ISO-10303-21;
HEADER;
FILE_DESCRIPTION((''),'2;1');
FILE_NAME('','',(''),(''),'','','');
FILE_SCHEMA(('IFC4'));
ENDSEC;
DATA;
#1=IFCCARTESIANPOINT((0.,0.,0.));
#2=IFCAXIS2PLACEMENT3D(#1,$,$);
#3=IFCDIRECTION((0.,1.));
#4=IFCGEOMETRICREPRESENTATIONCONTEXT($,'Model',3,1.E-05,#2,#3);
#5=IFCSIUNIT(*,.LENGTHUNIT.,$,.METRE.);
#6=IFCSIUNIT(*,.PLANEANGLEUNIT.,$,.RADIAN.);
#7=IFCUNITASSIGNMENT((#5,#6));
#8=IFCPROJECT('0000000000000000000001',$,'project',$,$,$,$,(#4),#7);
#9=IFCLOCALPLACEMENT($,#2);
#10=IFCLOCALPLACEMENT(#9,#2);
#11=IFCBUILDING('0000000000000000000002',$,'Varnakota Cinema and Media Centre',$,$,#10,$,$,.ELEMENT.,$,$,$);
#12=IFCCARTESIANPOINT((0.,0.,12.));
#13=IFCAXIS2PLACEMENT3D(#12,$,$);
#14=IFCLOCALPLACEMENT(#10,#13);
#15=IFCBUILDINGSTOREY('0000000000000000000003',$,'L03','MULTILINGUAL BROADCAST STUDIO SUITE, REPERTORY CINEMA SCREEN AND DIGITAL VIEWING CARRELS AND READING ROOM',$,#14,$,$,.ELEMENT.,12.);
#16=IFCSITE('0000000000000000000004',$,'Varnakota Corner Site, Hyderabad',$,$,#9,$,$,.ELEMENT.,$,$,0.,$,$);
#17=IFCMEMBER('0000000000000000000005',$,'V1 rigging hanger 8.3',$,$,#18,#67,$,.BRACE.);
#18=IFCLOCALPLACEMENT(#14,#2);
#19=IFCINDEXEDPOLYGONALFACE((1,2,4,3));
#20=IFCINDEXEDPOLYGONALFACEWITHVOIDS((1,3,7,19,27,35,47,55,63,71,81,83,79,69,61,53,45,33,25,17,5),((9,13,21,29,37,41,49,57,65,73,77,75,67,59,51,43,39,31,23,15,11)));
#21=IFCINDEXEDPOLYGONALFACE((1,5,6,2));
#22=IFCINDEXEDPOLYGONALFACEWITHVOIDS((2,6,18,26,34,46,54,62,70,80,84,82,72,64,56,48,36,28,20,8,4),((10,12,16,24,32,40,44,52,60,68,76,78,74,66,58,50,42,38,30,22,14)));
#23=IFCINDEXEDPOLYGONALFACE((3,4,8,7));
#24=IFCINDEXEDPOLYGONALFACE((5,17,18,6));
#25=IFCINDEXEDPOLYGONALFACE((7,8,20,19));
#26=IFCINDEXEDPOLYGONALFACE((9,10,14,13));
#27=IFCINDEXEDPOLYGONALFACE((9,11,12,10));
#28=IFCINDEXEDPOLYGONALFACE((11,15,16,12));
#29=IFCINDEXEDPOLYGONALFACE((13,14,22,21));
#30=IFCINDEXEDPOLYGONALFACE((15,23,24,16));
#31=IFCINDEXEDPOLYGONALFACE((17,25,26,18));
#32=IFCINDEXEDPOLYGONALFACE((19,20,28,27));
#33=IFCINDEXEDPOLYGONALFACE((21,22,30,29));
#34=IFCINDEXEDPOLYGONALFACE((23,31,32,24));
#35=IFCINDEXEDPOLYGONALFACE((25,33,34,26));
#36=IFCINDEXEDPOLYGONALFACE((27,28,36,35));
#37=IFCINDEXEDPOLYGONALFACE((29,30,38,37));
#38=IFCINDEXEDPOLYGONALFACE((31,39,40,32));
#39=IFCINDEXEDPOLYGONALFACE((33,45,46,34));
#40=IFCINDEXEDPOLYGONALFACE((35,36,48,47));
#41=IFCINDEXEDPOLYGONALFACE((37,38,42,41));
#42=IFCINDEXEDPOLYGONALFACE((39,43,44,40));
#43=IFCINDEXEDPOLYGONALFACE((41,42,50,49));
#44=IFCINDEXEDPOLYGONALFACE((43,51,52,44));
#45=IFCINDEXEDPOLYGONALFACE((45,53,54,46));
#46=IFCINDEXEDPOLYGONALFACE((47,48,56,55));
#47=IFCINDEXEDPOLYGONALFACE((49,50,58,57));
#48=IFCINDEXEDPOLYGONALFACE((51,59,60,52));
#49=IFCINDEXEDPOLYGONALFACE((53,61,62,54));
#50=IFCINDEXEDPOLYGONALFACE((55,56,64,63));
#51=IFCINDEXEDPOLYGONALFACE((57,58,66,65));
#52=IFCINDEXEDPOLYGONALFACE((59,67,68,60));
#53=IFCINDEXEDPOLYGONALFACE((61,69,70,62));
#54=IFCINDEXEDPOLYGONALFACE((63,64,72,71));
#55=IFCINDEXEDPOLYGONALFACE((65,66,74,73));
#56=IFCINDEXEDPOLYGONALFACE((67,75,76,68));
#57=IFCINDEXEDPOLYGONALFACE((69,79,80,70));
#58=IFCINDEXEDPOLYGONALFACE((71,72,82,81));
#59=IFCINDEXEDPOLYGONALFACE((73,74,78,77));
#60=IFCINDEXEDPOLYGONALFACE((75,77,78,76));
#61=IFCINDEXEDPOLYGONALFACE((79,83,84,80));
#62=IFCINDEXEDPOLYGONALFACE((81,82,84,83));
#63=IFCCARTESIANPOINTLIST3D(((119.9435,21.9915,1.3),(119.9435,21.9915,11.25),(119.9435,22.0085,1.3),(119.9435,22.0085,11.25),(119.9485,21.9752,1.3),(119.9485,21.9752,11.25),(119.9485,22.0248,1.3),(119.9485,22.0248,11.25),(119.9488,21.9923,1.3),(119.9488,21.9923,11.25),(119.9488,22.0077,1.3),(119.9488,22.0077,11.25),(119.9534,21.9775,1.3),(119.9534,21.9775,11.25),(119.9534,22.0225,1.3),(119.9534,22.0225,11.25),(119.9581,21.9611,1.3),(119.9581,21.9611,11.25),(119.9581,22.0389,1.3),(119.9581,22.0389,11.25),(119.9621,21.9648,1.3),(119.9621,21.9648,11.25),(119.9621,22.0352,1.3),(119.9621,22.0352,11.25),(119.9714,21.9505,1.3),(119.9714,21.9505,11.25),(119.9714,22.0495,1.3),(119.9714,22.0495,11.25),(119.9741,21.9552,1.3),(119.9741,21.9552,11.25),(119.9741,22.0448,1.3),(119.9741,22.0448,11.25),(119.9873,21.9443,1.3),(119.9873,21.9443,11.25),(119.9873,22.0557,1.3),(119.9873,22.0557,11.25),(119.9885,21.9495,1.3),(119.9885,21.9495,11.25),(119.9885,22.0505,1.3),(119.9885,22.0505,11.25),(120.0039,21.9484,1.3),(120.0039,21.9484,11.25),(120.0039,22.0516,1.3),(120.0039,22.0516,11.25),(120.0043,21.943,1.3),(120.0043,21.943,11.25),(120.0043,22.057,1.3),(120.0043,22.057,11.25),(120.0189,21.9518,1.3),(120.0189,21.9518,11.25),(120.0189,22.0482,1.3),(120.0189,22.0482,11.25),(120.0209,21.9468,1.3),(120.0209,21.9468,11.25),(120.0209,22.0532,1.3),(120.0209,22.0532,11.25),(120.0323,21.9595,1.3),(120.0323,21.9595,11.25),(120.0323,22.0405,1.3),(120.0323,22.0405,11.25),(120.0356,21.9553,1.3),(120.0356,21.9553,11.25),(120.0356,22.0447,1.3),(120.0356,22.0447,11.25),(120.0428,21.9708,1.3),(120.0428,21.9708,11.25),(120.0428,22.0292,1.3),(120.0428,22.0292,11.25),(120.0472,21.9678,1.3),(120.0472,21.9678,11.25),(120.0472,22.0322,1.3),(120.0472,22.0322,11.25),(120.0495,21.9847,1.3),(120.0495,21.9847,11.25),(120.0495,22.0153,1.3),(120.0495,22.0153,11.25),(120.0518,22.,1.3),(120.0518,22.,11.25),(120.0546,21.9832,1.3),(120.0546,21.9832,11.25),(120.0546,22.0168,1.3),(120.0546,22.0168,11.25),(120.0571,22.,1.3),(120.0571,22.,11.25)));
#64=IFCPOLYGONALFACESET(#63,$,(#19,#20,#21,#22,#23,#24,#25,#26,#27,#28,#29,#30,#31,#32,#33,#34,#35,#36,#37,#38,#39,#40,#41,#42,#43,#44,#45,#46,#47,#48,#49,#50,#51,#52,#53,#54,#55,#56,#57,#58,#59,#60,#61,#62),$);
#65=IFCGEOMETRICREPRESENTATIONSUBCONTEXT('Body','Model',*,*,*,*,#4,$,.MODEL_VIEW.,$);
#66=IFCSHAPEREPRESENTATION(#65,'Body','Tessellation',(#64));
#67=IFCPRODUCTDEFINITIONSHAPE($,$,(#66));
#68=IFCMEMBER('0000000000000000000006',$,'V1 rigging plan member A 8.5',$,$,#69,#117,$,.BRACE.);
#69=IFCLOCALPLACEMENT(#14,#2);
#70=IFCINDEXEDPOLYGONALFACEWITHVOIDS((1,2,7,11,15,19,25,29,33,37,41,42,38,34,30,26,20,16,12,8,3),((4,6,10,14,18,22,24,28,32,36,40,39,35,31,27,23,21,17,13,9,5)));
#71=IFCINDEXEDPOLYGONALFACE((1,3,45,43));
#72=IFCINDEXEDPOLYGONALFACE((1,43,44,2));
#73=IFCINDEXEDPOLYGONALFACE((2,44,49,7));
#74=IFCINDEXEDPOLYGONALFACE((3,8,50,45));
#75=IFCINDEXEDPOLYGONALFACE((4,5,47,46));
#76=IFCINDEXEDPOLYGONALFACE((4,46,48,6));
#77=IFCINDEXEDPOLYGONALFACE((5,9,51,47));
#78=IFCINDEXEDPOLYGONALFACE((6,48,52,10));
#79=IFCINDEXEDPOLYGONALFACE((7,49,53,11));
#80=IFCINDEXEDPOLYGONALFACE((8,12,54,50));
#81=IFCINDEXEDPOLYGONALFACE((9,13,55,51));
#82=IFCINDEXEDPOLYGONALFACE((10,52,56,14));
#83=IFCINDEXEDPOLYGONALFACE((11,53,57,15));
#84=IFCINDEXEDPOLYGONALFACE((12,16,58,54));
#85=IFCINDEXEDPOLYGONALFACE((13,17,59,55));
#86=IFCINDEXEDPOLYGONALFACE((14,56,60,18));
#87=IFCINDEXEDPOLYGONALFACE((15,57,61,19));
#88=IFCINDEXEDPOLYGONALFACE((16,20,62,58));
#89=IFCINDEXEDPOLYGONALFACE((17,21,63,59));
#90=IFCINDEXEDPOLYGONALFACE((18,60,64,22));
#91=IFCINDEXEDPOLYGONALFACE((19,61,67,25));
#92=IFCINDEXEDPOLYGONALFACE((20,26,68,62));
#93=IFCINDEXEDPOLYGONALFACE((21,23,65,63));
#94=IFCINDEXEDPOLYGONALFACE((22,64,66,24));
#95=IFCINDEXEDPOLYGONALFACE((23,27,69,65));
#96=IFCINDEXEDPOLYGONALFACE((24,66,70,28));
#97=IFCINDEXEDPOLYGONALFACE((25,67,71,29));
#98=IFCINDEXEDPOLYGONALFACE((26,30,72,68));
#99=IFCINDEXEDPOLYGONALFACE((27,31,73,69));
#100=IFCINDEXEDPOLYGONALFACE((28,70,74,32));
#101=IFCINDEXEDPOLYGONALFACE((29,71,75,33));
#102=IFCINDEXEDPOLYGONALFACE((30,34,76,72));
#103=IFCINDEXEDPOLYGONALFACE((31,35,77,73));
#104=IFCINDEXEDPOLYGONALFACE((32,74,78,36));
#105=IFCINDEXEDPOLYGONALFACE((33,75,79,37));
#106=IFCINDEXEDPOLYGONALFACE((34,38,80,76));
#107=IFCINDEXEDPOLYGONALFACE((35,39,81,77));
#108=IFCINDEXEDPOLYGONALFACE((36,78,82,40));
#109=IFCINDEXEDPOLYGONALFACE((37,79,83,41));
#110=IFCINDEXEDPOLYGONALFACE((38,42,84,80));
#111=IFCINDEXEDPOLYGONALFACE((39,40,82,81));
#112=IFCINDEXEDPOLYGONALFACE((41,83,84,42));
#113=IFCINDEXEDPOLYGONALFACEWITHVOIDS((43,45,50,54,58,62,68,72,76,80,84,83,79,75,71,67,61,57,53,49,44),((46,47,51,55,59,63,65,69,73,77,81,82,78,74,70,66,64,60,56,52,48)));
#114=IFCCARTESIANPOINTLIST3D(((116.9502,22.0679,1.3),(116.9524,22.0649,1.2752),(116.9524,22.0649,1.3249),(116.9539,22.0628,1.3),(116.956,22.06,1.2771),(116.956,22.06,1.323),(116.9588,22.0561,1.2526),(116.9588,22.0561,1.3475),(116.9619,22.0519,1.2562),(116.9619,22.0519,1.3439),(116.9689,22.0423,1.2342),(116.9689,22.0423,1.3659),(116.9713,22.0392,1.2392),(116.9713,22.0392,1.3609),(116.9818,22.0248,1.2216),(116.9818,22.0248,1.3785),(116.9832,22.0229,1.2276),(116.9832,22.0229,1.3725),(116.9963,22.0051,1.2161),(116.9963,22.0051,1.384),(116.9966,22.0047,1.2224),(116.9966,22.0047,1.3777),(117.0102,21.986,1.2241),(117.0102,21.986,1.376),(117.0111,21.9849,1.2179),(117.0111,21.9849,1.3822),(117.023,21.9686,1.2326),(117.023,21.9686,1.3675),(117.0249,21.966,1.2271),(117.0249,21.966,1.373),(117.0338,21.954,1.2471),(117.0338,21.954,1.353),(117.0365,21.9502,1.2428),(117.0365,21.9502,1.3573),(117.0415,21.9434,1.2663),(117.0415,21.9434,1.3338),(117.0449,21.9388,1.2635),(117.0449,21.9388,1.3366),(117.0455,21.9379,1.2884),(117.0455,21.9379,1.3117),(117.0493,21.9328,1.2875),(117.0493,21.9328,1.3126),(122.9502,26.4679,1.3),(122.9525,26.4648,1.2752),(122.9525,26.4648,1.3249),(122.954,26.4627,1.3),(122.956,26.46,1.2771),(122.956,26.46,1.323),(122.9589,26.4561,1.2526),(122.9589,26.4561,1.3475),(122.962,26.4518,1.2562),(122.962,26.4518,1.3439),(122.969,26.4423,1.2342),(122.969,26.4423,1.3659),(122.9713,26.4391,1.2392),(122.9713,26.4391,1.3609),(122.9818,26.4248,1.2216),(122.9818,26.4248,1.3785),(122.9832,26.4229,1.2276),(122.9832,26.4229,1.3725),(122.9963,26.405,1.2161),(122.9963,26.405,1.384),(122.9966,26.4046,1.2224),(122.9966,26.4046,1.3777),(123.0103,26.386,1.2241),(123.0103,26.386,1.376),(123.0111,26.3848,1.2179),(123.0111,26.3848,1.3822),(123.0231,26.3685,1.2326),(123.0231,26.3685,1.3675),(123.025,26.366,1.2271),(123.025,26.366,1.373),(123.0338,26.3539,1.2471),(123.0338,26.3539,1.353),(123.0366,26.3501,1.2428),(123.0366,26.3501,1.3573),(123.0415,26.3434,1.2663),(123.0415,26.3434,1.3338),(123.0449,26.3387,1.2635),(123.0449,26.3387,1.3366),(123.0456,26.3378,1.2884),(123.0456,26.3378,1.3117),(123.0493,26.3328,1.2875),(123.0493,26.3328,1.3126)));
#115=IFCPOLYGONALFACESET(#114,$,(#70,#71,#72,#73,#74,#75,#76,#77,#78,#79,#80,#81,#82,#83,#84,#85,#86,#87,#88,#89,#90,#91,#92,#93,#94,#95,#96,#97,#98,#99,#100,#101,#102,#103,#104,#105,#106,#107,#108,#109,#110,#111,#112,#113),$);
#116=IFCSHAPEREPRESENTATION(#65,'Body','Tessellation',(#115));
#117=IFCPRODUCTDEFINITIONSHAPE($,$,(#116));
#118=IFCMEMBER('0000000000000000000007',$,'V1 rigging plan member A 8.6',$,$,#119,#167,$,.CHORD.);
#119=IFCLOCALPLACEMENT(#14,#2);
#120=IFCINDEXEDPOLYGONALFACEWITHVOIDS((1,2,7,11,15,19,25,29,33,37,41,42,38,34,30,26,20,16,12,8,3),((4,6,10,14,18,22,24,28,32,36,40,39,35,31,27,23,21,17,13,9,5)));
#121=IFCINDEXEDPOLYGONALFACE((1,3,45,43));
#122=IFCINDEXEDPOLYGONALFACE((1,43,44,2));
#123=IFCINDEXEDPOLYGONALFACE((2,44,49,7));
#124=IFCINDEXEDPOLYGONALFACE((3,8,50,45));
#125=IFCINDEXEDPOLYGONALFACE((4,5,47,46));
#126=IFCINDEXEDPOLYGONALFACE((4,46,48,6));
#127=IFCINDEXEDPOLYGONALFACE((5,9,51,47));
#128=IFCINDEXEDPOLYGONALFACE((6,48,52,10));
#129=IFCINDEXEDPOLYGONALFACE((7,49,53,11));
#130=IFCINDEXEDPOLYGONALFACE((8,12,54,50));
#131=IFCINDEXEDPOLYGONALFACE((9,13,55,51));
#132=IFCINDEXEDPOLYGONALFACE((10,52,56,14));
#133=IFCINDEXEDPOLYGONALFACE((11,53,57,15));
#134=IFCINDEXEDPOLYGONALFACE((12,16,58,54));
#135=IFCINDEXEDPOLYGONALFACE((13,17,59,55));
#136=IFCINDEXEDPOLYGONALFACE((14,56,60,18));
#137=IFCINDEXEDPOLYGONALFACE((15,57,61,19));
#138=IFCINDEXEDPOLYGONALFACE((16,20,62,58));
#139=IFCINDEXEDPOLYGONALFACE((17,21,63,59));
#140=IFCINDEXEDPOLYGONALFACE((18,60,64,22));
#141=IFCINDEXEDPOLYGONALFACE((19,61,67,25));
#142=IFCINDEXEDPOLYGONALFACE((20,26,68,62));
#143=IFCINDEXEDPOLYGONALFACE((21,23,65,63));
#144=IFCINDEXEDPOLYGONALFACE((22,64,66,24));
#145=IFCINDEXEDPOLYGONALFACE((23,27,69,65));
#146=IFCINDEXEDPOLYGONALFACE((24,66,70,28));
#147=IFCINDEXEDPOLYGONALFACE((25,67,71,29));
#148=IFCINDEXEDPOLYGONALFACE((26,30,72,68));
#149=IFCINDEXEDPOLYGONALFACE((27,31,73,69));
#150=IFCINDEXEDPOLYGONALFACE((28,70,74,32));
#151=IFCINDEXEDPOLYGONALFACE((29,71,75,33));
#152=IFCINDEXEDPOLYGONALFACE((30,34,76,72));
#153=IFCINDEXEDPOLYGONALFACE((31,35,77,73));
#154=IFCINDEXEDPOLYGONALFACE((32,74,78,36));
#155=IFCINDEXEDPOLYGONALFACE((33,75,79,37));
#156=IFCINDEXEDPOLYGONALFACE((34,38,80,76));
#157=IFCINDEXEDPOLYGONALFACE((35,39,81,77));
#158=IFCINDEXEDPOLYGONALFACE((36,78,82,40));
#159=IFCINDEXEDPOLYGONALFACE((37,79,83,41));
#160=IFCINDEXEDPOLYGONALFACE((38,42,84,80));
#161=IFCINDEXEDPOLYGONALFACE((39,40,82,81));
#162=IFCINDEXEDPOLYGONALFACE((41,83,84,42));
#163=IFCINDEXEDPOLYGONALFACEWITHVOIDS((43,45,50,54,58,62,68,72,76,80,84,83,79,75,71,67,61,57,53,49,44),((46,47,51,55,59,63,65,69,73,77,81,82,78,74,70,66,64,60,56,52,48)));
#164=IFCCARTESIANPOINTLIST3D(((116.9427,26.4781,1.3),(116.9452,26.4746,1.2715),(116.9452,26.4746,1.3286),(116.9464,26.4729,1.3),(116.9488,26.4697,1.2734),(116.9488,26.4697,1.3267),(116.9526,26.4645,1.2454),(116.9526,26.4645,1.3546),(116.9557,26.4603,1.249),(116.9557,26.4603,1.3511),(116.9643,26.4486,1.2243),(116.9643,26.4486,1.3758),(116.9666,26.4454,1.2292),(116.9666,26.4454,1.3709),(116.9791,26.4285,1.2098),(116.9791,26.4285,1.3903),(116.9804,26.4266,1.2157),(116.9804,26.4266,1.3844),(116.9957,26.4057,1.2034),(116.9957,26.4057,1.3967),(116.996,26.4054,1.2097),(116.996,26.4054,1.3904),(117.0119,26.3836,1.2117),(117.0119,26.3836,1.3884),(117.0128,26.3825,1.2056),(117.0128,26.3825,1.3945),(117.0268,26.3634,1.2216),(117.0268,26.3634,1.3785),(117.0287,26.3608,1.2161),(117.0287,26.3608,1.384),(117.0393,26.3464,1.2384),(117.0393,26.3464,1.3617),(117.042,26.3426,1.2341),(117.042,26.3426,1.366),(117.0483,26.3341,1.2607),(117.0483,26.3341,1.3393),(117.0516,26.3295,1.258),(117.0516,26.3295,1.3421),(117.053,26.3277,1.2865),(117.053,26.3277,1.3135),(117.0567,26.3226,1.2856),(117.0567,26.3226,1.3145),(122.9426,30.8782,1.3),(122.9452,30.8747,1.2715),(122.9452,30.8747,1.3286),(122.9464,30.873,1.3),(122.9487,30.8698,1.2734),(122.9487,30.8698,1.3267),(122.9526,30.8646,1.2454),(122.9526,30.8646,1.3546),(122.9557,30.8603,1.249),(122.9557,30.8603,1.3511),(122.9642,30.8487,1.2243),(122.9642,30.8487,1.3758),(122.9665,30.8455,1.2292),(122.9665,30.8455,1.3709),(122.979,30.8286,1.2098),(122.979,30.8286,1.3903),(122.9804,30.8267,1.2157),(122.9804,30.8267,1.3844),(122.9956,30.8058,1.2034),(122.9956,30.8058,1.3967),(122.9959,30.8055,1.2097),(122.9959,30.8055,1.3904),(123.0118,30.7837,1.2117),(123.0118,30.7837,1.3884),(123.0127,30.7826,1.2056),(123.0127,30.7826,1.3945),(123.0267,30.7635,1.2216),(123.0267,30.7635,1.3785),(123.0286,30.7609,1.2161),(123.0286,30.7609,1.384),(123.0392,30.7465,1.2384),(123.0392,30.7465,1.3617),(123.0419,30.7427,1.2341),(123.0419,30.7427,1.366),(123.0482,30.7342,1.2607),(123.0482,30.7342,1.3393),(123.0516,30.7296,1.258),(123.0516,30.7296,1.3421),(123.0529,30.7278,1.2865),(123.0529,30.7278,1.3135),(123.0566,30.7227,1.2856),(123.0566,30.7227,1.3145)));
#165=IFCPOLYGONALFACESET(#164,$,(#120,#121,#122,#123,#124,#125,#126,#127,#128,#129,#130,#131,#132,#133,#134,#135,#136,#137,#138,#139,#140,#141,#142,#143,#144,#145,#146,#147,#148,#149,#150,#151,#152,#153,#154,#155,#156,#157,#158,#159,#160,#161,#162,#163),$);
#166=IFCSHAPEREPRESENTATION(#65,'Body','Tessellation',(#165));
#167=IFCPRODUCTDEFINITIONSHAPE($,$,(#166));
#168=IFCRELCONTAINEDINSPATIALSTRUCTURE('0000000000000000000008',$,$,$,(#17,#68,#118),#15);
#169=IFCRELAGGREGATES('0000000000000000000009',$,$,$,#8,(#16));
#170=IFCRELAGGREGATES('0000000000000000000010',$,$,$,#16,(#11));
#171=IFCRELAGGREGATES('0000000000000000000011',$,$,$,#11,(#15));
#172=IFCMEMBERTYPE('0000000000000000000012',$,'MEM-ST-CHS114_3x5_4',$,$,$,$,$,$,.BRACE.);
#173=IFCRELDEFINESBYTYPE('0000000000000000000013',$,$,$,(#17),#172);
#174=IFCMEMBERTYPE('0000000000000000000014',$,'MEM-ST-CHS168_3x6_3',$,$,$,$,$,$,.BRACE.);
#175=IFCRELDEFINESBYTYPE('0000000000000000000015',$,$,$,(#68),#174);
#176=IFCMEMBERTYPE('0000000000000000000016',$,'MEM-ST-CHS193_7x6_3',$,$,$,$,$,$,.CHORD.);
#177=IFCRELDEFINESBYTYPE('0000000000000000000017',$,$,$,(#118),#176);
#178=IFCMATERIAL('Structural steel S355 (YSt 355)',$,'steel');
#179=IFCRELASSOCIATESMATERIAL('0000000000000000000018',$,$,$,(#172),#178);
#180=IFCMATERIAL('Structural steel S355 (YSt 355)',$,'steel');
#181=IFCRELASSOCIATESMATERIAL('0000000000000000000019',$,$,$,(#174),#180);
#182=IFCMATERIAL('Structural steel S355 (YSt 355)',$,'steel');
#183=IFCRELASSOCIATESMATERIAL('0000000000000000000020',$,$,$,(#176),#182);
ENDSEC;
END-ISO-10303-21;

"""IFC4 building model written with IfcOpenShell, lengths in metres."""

from ifc_helpers import new_model, si_unit, direction, frame, origin, origin_2d, place, context, subcontext, project, spatial, hollow_circle, extrude, material, material_profile, profile_set, type_object, element, save


model = new_model("IFC4")

# Units and contexts
model_context = context("Model", 3, precision=1e-05, world=origin(), true_north=direction((0.0, 1.0)))
body_context = subcontext(model_context, "Body", "Model", "MODEL_VIEW")
ifc_project = project(units=[si_unit("LENGTHUNIT", "METRE"), si_unit("PLANEANGLEUNIT", "RADIAN")], contexts=[model_context])

# Site, building, storey
site_placement = place(None, origin())
site = spatial("IfcSite", under=ifc_project, at=site_placement, Name="Varnakota Corner Site, Hyderabad", CompositionType="ELEMENT", RefElevation=0.0)
building_placement = place(site_placement, origin())
building = spatial("IfcBuilding", under=site, at=building_placement, Name="Varnakota Cinema and Media Centre", CompositionType="ELEMENT")
storey_placement = place(building_placement, frame((0.0, 0.0, 12.0)))
storey = spatial("IfcBuildingStorey", under=building, at=storey_placement, Name="L03", Description="MULTILINGUAL BROADCAST STUDIO SUITE, REPERTORY CINEMA SCREEN AND DIGITAL VIEWING CARRELS AND READING ROOM", CompositionType="ELEMENT", Elevation=12.0)

# Members
ifc_material_1 = material(Name="Structural steel S355 (YSt 355)", Category="steel")
ifc_material_profile_1 = material_profile(ifc_material_1, hollow_circle(Radius=0.0571, WallThickness=0.0054, at=origin_2d()), Name="CHS 114.3x5.4")
ifc_profile_set_1 = profile_set([ifc_material_profile_1], Name="Structural steel S355 (YSt 355)")
member_type_1 = type_object("IfcMemberType", Name="MEM-ST-CHS114_3x5_4", PredefinedType="BRACE", material=ifc_profile_set_1)
for number, where, z_axis, x_axis, name in (
    (1, (120.0, 22.0, 1.3), (0.0, 0.0, 1.0), (1.0, 0.0, 0.0), "V1 rigging hanger 8.3"),
):
    element("IfcMember", number, at=place(storey_placement, frame(where, z_axis=z_axis, x_axis=x_axis)), inside=storey, type_object=member_type_1, Name=name, PredefinedType="BRACE", context=body_context, shape_type="SweptSolid", body=[
        extrude(hollow_circle(Radius=0.0571, WallThickness=0.0054, at=origin_2d()), origin(), (0.0, 0.0, 1.0), 9.95),
    ])
ifc_material_2 = material(Name="Structural steel S355 (YSt 355)", Category="steel")
ifc_material_profile_2 = material_profile(ifc_material_2, hollow_circle(Radius=0.0842, WallThickness=0.0063, at=origin_2d()), Name="CHS 168.3x6.3")
ifc_profile_set_2 = profile_set([ifc_material_profile_2], Name="Structural steel S355 (YSt 355)")
member_type_2 = type_object("IfcMemberType", Name="MEM-ST-CHS168_3x6_3", PredefinedType="BRACE", material=ifc_profile_set_2)
member_1_placement = place(storey_placement, frame((117.0, 22.0, 1.3), z_axis=(0.806411, 0.591355, 0.0), x_axis=(-0.591355, 0.806411, 0.0)))
element("IfcMember", 2, at=member_1_placement, inside=storey, type_object=member_type_2, Name="V1 rigging plan member A 8.5", PredefinedType="BRACE", context=body_context, shape_type="SweptSolid", body=[
    extrude(hollow_circle(Radius=0.0842, WallThickness=0.0063, at=origin_2d()), origin(), (0.0, 0.0, 1.0), 7.4404),
])
ifc_material_3 = material(Name="Structural steel S355 (YSt 355)", Category="steel")
ifc_material_profile_3 = material_profile(ifc_material_3, hollow_circle(Radius=0.0969, WallThickness=0.0063, at=origin_2d()), Name="CHS 193.7x6.3")
ifc_profile_set_3 = profile_set([ifc_material_profile_3], Name="Structural steel S355 (YSt 355)")
member_type_3 = type_object("IfcMemberType", Name="MEM-ST-CHS193_7x6_3", PredefinedType="CHORD", material=ifc_profile_set_3)
member_2_placement = place(storey_placement, frame((117.0, 26.3999, 1.3), z_axis=(0.806396, 0.591376, 0.0), x_axis=(-0.591376, 0.806396, 0.0)))
element("IfcMember", 3, at=member_2_placement, inside=storey, type_object=member_type_3, Name="V1 rigging plan member A 8.6", PredefinedType="CHORD", context=body_context, shape_type="SweptSolid", body=[
    extrude(hollow_circle(Radius=0.0969, WallThickness=0.0063, at=origin_2d()), origin(), (0.0, 0.0, 1.0), 7.4404),
])

save(model, "model.ifc")
